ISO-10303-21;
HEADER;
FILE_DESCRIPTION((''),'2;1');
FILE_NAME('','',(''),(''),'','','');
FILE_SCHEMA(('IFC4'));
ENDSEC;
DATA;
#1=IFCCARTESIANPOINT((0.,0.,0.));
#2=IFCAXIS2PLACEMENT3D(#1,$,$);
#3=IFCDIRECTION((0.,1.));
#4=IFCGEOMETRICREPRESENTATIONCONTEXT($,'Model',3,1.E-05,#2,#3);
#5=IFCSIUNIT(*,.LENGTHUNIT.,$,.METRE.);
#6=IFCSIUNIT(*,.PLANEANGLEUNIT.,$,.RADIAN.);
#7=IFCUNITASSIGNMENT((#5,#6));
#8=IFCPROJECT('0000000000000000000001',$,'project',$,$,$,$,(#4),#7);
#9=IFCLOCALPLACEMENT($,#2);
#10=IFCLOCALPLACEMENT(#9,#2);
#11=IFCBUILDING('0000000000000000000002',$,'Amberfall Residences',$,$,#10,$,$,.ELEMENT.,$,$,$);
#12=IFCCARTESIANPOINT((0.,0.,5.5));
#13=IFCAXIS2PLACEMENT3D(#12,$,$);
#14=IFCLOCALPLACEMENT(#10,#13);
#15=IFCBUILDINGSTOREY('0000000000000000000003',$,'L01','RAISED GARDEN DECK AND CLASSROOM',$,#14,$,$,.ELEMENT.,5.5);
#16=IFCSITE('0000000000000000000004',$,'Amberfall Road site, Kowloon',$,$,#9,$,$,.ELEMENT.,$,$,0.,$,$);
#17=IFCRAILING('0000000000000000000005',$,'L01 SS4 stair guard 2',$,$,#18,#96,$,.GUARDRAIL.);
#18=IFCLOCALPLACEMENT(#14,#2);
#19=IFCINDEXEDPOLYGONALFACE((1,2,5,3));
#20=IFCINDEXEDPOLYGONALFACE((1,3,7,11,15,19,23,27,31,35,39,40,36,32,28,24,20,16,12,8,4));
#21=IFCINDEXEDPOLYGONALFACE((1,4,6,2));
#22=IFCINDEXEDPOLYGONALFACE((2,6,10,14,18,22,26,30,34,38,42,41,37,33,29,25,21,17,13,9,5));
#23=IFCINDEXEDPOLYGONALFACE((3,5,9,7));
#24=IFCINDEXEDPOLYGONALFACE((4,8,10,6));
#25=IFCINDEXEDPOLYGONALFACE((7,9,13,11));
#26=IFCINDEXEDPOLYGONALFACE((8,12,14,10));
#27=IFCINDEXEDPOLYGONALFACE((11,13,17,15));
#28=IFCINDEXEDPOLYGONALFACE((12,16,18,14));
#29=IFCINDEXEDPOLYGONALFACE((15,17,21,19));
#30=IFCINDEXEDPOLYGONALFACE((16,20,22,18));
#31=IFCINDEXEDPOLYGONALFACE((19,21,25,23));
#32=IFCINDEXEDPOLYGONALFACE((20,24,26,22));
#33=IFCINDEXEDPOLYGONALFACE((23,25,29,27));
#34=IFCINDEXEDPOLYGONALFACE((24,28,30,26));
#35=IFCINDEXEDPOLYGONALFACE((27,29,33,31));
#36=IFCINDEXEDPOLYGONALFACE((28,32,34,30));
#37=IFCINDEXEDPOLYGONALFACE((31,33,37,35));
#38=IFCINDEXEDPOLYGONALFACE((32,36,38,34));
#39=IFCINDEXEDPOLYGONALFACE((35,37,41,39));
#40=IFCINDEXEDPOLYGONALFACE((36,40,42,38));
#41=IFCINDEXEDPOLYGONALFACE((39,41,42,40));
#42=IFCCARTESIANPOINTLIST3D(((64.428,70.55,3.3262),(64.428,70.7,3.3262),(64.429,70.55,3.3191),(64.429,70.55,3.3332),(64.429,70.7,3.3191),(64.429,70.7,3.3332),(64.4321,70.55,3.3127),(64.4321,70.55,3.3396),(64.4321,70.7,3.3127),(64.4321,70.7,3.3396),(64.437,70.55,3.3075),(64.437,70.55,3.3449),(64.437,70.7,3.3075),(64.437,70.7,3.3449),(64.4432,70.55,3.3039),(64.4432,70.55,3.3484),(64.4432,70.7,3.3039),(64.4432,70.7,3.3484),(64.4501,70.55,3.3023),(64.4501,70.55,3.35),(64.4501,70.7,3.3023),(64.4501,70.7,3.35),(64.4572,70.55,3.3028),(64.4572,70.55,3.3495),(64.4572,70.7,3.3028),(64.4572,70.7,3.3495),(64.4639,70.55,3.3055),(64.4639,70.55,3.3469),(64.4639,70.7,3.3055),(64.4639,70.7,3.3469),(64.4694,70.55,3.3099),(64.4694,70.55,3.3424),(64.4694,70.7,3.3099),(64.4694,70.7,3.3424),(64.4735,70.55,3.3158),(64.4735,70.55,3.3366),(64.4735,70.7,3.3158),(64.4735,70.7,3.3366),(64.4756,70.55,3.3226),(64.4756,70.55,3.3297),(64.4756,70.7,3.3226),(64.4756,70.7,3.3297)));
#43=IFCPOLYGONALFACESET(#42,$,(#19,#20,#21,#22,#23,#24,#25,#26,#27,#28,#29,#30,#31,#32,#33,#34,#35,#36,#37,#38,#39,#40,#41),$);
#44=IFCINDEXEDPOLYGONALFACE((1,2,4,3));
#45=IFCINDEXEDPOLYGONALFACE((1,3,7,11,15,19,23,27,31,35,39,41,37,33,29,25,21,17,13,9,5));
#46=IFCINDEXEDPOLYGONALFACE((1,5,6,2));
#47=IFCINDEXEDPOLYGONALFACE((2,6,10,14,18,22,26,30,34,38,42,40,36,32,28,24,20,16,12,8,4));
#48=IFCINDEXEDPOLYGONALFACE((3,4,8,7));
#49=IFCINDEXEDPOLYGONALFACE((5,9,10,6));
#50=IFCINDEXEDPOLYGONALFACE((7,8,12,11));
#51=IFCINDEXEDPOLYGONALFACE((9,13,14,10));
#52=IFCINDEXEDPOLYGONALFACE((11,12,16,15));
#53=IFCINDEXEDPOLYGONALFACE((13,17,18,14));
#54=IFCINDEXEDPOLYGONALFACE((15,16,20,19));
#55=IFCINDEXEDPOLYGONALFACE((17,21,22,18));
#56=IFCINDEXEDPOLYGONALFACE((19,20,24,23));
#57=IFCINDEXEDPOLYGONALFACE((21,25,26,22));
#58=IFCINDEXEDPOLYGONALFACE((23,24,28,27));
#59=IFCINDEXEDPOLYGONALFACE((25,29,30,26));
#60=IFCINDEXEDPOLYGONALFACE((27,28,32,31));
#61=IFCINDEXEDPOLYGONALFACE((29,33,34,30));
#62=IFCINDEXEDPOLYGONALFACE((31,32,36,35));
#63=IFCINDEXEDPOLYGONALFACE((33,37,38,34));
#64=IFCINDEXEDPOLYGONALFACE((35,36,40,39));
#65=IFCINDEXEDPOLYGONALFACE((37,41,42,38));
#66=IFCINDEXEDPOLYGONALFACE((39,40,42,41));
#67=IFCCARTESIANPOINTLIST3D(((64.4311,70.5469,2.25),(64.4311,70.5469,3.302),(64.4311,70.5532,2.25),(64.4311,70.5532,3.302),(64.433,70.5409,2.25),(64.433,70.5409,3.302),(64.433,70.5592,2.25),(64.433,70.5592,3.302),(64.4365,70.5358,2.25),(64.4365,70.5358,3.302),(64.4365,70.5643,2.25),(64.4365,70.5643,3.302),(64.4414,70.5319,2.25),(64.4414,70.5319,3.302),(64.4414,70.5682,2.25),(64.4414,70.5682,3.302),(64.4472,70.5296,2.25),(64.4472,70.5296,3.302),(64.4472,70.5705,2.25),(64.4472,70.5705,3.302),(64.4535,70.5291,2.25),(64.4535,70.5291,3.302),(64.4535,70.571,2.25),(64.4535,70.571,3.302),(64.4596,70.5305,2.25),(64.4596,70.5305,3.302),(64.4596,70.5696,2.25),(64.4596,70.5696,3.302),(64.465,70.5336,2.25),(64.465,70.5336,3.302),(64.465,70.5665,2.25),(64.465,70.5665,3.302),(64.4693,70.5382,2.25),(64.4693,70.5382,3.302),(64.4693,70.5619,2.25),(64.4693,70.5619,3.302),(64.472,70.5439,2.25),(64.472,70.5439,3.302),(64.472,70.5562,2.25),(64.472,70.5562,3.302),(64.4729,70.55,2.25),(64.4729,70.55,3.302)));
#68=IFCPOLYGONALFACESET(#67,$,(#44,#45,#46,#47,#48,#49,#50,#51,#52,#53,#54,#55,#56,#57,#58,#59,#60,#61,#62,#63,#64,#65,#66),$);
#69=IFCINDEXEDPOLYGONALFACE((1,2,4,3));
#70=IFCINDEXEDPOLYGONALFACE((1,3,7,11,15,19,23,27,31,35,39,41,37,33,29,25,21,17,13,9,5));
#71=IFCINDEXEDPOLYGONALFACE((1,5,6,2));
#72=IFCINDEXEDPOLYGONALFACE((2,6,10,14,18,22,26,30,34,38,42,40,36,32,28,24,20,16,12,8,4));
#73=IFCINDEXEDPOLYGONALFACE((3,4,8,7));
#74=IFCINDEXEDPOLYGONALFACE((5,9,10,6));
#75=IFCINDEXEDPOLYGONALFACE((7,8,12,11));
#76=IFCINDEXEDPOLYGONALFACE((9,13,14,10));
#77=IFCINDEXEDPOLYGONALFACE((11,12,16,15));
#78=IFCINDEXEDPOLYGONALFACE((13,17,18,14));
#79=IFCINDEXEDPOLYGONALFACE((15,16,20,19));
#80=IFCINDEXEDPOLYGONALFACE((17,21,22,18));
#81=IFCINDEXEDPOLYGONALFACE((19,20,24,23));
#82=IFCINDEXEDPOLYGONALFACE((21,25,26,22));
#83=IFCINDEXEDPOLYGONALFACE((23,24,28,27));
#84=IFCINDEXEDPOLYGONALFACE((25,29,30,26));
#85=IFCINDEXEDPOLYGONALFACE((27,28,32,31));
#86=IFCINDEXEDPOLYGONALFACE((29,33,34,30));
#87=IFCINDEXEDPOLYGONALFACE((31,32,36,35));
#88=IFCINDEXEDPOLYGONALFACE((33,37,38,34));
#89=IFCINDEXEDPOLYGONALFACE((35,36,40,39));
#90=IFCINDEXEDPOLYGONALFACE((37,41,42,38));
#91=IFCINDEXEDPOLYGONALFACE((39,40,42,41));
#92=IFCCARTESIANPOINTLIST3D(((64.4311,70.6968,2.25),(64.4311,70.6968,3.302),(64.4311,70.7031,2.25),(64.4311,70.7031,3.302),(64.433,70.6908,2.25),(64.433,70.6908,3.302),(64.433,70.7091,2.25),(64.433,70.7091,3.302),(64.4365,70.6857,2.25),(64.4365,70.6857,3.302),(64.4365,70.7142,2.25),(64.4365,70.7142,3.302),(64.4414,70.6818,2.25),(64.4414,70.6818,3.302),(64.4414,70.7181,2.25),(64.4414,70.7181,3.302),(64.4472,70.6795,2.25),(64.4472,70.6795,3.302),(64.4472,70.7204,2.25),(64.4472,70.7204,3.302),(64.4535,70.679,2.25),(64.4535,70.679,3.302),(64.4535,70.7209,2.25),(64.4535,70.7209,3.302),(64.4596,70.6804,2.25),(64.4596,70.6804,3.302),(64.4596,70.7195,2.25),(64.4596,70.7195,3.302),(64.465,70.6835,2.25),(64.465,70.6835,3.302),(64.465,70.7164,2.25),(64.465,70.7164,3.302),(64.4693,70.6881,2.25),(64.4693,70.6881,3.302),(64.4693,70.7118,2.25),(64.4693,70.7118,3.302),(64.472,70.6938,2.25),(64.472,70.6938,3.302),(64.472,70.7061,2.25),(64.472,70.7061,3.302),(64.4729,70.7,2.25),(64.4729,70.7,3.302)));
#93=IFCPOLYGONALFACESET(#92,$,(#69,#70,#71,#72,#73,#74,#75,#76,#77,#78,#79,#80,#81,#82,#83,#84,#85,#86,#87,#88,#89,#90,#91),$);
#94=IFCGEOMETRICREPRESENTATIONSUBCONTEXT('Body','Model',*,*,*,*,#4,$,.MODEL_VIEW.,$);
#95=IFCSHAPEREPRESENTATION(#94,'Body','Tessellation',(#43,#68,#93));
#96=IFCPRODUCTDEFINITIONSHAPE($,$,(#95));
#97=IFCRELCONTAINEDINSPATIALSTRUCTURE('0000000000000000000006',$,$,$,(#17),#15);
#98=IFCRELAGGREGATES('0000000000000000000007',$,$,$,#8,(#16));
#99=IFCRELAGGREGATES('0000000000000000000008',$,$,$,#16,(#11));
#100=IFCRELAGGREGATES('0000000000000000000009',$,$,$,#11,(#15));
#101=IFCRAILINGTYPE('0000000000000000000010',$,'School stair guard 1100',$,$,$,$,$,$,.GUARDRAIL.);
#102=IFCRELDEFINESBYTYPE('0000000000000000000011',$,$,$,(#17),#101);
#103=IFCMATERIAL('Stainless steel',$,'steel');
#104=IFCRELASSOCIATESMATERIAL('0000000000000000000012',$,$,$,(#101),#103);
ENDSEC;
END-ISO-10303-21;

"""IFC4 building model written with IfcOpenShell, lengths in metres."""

from ifc_helpers import new_model, si_unit, direction, frame, origin, origin_2d, place, context, subcontext, project, spatial, circle, extrude, material, type_object, element, save


model = new_model("IFC4")

# Units and contexts
model_context = context("Model", 3, precision=1e-05, world=origin(), true_north=direction((0.0, 1.0)))
body_context = subcontext(model_context, "Body", "Model", "MODEL_VIEW")
ifc_project = project(units=[si_unit("LENGTHUNIT", "METRE"), si_unit("PLANEANGLEUNIT", "RADIAN")], contexts=[model_context])

# Site, building, storey
site_placement = place(None, origin())
site = spatial("IfcSite", under=ifc_project, at=site_placement, Name="Amberfall Road site, Kowloon", CompositionType="ELEMENT", RefElevation=0.0)
building_placement = place(site_placement, origin())
building = spatial("IfcBuilding", under=site, at=building_placement, Name="Amberfall Residences", CompositionType="ELEMENT")
storey_placement = place(building_placement, frame((0.0, 0.0, 5.5)))
storey = spatial("IfcBuildingStorey", under=building, at=storey_placement, Name="L01", Description="RAISED GARDEN DECK AND CLASSROOM", CompositionType="ELEMENT", Elevation=5.5)

# Railing
ifc_material_1 = material(Name="Stainless steel", Category="steel")
railing_type_1 = type_object("IfcRailingType", Name="School stair guard 1100", PredefinedType="GUARDRAIL", material=ifc_material_1)
railing_1_placement = place(storey_placement, frame((64.4519, 70.55, 2.25)))
element("IfcRailing", 1, at=railing_1_placement, inside=storey, type_object=railing_type_1, Name="L01 SS4 stair guard 2", PredefinedType="GUARDRAIL", context=body_context, shape_type="SweptSolid", body=[
    extrude(circle(Radius=0.0239, at=origin_2d()), frame((0.0, 0.0, 1.0762), z_axis=(0.0, 1.0, 0.0), x_axis=(-1.0, 0.0, 0.0)), (0.0, 0.0, 1.0), 0.1499),
    extrude(circle(Radius=0.021, at=origin_2d()), origin(), (0.0, 0.0, 1.0), 1.052),
    extrude(circle(Radius=0.021, at=origin_2d()), frame((0.0, 0.1499, 0.0)), (0.0, 0.0, 1.0), 1.052),
])

save(model, "model.ifc")
